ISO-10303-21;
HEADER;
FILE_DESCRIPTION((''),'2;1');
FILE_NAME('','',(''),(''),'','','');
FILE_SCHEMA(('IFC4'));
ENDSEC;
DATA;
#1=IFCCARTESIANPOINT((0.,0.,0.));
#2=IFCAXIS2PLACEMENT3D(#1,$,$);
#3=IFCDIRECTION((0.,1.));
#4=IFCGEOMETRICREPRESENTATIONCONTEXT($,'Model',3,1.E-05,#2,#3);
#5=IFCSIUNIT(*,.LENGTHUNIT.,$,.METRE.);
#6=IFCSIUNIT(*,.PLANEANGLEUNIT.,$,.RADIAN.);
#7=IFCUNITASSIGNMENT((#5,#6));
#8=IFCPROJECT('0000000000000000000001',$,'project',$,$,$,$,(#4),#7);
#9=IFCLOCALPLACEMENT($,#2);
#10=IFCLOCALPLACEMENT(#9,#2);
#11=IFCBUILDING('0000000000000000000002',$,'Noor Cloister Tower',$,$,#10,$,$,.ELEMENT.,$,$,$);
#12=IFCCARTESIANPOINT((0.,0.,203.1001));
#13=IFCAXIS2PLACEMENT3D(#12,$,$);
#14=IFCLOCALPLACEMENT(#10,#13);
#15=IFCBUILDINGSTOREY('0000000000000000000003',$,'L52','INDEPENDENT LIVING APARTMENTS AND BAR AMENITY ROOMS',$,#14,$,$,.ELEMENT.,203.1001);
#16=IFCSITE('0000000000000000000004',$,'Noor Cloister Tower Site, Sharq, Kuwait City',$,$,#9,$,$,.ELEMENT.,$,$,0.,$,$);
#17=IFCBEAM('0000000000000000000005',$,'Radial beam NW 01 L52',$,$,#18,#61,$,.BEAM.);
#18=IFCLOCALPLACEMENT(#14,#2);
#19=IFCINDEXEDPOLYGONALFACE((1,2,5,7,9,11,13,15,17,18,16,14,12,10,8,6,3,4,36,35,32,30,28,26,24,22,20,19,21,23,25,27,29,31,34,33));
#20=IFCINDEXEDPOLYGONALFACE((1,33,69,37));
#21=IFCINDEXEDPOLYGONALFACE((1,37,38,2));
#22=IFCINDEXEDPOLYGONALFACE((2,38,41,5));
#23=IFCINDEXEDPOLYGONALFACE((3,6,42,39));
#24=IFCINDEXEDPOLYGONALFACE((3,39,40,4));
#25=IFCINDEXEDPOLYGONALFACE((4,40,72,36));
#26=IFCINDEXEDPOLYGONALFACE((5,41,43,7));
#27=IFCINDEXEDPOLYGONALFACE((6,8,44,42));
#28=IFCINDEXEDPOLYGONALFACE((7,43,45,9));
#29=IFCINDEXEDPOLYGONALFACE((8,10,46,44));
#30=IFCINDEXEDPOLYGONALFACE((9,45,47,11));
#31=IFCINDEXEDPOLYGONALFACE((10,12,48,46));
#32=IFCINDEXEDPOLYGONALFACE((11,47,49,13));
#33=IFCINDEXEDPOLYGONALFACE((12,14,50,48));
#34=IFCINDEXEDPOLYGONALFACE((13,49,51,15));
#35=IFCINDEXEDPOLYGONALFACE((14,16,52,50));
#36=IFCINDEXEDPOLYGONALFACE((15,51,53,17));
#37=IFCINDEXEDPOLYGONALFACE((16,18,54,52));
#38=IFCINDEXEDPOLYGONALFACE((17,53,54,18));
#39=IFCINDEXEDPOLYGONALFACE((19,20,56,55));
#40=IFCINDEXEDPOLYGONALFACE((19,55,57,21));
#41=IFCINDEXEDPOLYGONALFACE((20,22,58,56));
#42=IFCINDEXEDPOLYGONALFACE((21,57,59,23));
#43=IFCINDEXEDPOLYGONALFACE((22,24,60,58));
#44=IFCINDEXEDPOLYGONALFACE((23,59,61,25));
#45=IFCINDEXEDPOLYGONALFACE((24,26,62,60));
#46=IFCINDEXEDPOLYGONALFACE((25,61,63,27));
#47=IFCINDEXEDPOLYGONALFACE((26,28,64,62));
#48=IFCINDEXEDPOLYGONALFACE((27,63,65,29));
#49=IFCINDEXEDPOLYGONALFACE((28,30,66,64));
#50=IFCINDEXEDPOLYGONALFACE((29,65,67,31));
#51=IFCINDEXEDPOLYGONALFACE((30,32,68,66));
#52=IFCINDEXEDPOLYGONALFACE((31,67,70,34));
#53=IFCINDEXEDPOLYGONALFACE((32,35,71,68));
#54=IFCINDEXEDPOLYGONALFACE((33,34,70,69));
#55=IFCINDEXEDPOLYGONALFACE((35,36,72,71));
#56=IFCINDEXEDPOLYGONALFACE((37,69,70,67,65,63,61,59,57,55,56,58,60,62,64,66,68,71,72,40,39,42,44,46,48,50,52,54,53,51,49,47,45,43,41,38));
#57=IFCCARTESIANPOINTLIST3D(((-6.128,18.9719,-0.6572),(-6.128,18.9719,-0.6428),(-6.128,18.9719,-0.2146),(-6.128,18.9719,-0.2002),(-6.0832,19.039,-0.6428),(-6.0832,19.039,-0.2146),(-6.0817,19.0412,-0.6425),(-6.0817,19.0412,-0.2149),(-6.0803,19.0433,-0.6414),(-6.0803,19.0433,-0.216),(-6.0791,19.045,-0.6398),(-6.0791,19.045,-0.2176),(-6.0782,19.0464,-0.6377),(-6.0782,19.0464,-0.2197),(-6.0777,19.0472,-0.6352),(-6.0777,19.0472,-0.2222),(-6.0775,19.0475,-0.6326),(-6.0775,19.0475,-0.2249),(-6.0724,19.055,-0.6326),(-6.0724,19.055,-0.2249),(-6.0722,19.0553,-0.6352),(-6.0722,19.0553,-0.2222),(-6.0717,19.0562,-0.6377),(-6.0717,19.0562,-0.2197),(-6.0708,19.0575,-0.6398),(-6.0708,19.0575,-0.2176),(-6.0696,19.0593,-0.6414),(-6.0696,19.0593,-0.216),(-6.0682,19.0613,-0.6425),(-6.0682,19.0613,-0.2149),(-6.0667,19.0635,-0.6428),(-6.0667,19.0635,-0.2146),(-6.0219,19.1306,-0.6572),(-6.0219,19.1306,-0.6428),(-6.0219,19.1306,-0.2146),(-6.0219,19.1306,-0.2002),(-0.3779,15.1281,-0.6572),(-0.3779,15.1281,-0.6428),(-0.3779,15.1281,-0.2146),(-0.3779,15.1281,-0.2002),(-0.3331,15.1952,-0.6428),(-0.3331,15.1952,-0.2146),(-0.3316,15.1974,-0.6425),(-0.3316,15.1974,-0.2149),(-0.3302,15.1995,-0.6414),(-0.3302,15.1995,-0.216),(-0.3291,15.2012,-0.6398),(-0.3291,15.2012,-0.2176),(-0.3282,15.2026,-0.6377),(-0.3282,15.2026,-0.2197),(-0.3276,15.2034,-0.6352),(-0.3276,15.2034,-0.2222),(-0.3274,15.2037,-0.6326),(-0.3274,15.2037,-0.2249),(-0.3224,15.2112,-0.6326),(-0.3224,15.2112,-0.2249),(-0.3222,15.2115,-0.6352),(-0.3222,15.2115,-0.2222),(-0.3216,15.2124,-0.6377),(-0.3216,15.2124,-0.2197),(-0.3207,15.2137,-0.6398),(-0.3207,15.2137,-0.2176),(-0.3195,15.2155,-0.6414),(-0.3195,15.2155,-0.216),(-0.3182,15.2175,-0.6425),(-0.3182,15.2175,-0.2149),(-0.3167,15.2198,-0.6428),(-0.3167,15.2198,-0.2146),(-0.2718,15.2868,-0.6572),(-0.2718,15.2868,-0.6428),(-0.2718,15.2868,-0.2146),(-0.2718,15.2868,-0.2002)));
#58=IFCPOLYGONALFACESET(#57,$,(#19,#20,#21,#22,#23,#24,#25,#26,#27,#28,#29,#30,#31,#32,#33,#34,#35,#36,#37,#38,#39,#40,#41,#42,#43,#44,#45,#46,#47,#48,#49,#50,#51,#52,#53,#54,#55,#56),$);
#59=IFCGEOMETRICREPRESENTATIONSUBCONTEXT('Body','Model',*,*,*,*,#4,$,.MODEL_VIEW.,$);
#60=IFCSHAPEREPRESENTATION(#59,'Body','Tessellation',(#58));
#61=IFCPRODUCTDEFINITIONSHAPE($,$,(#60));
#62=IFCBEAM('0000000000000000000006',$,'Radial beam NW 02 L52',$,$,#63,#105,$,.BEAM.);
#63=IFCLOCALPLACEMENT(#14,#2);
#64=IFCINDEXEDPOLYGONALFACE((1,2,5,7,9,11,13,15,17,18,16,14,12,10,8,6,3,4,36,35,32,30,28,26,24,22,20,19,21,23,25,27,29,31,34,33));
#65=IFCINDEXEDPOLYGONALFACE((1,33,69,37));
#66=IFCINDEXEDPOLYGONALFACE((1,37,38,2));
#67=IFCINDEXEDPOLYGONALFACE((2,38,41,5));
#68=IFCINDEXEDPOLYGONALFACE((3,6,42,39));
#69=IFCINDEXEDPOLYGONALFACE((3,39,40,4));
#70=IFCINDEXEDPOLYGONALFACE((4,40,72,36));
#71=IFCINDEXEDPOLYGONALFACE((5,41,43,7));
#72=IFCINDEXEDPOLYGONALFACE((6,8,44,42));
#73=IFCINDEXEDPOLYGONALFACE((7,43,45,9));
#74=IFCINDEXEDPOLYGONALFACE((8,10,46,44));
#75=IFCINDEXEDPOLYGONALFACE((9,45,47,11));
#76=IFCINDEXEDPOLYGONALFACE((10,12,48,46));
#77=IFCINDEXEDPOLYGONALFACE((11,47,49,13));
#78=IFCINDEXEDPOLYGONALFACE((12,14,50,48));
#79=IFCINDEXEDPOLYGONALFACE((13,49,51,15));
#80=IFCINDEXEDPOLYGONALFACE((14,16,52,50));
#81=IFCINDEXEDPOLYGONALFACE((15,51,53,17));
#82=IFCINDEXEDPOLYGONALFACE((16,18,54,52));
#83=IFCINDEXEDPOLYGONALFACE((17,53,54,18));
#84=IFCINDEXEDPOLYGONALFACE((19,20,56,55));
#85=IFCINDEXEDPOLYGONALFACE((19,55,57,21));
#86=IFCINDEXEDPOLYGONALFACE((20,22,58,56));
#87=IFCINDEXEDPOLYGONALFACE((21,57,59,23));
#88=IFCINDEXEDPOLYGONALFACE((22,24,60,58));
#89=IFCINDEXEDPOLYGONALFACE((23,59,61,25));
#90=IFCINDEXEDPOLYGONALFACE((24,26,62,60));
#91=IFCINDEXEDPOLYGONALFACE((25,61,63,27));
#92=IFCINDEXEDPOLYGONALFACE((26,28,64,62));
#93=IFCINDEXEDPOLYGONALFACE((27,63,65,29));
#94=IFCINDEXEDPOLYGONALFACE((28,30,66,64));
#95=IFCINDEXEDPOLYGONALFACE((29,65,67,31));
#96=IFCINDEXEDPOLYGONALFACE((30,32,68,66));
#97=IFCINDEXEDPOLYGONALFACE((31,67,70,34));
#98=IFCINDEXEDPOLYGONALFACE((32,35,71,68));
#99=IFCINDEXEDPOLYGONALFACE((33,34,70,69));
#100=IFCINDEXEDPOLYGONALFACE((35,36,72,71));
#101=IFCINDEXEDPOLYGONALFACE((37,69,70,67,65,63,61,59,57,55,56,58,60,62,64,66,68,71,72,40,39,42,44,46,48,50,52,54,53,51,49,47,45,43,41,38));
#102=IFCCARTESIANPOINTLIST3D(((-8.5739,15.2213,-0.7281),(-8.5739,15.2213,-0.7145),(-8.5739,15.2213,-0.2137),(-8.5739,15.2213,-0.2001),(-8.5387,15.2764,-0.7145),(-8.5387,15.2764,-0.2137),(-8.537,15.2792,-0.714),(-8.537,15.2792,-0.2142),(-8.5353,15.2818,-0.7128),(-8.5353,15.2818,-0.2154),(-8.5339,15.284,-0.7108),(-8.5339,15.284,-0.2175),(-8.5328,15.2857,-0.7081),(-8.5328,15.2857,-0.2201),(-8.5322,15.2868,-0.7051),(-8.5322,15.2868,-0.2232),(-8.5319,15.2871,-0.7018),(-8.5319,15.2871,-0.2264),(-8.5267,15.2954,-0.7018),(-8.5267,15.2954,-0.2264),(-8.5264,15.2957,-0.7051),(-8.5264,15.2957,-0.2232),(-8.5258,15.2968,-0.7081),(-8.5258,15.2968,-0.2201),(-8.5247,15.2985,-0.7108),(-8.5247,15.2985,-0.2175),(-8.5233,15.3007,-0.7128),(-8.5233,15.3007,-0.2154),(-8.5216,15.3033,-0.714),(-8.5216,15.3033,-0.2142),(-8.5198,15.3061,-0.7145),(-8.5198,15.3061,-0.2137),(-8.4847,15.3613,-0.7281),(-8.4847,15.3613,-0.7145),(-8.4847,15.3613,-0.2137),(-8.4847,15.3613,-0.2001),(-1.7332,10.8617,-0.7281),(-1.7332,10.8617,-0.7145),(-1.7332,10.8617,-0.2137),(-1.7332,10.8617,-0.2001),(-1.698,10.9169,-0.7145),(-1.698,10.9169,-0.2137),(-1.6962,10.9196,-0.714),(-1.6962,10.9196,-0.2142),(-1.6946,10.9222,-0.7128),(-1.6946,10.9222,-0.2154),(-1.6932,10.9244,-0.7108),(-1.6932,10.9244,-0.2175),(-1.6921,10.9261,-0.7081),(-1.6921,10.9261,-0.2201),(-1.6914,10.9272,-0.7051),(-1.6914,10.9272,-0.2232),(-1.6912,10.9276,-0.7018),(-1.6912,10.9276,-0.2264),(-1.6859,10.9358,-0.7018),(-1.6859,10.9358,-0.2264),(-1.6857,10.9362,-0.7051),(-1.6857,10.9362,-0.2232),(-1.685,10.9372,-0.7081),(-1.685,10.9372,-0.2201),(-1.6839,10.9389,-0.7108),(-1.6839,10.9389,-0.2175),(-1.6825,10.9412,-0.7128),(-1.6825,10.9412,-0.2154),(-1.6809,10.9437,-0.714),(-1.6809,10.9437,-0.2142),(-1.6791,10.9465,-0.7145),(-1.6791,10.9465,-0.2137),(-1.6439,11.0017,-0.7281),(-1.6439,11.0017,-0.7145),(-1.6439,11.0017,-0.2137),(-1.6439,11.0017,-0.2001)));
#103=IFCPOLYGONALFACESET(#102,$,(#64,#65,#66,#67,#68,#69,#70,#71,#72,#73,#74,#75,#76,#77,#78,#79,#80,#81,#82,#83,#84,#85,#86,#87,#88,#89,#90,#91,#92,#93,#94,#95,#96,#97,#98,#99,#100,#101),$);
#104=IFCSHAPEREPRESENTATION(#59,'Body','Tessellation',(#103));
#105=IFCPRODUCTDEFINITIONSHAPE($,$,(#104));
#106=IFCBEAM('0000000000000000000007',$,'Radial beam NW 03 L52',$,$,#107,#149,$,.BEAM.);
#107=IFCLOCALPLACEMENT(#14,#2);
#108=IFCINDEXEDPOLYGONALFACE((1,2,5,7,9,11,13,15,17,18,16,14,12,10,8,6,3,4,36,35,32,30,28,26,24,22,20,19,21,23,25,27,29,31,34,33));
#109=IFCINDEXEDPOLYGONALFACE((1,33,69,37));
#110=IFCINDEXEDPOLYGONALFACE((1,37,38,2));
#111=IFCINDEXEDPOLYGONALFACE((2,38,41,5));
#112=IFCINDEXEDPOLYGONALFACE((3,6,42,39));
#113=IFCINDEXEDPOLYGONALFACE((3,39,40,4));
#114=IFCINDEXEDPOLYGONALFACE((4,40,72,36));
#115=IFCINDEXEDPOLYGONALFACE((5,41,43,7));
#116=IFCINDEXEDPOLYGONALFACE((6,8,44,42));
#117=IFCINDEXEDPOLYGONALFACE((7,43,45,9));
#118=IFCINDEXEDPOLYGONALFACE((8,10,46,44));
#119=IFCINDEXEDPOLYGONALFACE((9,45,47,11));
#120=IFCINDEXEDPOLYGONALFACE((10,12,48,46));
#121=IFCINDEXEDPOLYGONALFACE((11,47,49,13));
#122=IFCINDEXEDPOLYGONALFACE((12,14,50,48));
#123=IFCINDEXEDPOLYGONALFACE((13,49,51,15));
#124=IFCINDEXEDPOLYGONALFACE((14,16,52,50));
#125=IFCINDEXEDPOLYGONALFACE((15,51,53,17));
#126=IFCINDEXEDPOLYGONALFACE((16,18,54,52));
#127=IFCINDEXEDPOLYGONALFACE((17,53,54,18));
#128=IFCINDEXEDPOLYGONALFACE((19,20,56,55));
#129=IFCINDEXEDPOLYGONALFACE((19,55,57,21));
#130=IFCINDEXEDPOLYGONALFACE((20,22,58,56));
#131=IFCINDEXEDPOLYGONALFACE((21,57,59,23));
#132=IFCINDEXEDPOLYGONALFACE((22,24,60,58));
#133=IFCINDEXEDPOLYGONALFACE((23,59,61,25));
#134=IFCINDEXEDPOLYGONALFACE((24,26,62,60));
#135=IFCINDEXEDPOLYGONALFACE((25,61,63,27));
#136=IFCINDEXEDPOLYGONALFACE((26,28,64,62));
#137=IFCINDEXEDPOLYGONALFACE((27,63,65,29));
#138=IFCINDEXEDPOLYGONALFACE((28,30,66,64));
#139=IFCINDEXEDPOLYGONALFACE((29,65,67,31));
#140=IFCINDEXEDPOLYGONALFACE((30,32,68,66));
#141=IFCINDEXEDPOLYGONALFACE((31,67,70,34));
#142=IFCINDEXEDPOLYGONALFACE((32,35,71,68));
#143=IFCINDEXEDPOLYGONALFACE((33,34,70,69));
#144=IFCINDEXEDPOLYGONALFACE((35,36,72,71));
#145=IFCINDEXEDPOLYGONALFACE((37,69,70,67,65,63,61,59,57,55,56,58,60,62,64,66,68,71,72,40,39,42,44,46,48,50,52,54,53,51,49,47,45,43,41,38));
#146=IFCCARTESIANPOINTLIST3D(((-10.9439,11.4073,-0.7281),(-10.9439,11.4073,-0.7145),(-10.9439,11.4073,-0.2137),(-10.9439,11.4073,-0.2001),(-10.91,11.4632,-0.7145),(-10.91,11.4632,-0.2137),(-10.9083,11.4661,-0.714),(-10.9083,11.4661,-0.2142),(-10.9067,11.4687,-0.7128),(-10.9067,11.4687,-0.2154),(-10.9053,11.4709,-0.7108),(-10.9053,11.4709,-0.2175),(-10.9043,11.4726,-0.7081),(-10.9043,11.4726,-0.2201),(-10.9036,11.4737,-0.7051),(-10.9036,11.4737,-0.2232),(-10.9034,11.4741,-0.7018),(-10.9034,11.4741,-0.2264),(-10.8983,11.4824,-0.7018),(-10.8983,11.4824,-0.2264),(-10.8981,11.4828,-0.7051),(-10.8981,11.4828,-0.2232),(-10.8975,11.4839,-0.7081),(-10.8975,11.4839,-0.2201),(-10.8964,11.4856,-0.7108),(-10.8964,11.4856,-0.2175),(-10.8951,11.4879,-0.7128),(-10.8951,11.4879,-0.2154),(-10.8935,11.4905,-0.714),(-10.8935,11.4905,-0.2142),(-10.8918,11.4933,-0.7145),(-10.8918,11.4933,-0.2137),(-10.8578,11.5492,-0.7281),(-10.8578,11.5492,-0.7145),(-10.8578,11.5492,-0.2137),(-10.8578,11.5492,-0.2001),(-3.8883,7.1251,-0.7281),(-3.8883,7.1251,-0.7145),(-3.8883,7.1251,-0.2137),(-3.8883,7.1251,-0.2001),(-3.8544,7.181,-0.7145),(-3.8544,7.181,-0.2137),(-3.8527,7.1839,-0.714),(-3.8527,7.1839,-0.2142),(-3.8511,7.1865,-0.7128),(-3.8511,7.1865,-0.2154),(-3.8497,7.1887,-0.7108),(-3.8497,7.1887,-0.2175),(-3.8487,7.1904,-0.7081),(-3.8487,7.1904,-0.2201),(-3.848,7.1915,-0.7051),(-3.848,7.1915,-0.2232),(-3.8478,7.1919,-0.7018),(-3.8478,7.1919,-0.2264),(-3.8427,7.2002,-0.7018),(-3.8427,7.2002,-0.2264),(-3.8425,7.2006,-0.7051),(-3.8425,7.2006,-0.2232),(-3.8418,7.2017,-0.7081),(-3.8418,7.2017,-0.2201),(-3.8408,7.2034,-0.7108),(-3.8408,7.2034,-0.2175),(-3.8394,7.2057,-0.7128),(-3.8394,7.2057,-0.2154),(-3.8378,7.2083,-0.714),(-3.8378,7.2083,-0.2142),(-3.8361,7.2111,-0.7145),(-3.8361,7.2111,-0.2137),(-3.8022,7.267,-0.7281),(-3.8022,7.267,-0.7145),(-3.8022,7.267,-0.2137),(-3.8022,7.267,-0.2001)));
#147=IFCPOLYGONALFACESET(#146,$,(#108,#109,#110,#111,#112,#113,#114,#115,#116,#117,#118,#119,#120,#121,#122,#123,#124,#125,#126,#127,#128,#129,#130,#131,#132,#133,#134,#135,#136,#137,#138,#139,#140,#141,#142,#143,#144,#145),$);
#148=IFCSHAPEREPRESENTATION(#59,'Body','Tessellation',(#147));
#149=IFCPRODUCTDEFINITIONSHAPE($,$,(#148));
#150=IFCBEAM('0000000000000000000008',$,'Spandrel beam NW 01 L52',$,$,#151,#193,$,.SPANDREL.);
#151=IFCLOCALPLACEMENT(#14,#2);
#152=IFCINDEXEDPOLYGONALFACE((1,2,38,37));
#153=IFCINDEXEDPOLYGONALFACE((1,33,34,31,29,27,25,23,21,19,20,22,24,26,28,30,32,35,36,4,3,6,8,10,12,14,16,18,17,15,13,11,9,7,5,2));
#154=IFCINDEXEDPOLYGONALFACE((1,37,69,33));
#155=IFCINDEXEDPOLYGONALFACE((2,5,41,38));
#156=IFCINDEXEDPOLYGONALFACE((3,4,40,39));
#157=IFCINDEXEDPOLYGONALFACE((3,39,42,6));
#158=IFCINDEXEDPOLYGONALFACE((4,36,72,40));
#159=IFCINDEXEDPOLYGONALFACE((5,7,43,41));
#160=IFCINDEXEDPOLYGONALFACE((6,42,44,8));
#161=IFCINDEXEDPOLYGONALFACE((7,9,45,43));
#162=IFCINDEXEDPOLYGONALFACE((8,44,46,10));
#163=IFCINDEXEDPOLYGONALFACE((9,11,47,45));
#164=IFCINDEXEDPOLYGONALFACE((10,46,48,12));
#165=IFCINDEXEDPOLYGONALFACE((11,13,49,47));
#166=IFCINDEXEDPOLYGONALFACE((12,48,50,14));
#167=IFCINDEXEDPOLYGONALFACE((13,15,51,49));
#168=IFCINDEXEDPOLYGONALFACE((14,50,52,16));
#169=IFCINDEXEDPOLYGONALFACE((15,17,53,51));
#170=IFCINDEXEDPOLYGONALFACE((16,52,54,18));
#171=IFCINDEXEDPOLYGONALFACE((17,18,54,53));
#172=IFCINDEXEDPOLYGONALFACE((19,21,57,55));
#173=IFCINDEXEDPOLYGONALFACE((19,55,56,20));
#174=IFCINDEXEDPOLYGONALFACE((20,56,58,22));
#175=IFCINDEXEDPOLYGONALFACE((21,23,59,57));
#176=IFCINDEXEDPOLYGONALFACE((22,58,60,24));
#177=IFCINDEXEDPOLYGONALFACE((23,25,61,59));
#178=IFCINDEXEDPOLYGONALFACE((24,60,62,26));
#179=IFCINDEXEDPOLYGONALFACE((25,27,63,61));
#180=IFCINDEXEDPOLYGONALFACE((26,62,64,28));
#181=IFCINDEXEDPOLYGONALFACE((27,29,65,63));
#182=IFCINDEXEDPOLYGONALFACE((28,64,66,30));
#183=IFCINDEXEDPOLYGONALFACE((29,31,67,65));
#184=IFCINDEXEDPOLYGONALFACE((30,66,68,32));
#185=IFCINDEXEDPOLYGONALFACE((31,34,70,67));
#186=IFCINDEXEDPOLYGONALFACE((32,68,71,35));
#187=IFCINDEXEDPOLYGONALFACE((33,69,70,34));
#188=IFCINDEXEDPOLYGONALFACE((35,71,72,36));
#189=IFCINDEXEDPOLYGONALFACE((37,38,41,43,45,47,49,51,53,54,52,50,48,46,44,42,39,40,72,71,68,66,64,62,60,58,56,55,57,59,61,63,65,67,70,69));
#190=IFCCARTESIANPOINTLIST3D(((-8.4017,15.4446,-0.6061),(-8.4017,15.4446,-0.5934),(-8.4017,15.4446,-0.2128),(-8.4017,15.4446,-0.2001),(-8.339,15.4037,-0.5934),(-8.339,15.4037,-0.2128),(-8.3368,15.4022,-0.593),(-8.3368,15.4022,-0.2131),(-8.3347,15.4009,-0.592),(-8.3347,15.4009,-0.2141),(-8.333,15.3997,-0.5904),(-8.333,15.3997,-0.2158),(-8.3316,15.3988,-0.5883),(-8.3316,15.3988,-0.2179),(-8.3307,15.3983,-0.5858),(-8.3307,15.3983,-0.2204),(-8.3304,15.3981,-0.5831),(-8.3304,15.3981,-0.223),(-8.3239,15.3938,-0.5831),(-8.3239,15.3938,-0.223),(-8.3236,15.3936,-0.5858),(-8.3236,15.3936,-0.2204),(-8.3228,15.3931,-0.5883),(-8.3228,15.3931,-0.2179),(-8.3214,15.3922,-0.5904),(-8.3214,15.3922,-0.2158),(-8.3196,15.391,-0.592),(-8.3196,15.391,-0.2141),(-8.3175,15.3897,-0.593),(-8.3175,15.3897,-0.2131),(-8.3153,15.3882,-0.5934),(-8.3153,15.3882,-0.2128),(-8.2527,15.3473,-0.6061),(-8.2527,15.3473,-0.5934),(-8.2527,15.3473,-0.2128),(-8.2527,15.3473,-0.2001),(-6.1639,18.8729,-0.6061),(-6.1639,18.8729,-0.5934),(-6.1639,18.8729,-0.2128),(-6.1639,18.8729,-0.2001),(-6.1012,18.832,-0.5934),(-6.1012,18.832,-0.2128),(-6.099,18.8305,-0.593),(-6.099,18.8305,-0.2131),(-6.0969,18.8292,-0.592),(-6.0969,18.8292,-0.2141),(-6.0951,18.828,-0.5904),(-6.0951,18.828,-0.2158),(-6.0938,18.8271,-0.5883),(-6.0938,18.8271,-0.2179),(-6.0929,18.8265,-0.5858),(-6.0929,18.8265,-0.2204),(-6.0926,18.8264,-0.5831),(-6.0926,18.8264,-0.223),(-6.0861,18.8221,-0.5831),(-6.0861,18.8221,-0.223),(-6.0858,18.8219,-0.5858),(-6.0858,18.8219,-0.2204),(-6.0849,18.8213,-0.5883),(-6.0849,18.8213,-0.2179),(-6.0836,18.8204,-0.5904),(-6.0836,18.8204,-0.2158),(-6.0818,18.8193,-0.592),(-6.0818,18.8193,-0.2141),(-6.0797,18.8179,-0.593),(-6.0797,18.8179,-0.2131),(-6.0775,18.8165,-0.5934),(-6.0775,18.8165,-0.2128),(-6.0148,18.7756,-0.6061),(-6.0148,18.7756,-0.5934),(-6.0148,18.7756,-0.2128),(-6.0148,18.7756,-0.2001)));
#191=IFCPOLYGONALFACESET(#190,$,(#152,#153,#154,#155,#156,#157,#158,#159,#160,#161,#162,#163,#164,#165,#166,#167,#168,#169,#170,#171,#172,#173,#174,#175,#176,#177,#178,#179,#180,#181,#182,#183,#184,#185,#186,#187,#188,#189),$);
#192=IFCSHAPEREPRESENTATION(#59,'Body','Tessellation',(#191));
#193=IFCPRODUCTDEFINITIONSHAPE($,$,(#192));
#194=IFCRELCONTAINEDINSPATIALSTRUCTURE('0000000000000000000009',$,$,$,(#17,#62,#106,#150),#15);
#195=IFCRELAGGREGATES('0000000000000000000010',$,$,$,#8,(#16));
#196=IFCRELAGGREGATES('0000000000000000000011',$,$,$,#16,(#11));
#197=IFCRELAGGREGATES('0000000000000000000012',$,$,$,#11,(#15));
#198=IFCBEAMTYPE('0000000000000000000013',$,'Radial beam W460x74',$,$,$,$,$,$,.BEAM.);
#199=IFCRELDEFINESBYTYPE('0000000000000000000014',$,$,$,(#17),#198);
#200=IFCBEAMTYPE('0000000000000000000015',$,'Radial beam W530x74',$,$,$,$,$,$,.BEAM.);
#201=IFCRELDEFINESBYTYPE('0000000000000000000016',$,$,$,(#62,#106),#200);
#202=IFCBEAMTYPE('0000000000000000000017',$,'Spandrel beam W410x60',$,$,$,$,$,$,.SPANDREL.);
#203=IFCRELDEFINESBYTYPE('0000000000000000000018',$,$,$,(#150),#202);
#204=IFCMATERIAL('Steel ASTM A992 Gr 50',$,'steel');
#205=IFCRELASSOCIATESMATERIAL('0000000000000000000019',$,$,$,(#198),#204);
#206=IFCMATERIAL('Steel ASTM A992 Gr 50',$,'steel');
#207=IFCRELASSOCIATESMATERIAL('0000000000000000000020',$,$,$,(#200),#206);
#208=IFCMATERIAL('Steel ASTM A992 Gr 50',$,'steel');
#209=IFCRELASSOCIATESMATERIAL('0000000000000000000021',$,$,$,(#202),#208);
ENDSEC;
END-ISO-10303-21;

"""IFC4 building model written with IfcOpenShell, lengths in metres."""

from ifc_helpers import new_model, si_unit, direction, frame, origin, origin_2d, place, context, subcontext, project, spatial, i_section, extrude, material, material_profile, profile_set, type_object, element, save


model = new_model("IFC4")

# Units and contexts
model_context = context("Model", 3, precision=1e-05, world=origin(), true_north=direction((0.0, 1.0)))
body_context = subcontext(model_context, "Body", "Model", "MODEL_VIEW")
ifc_project = project(units=[si_unit("LENGTHUNIT", "METRE"), si_unit("PLANEANGLEUNIT", "RADIAN")], contexts=[model_context])

# Site, building, storey
site_placement = place(None, origin())
site = spatial("IfcSite", under=ifc_project, at=site_placement, Name="Noor Cloister Tower Site, Sharq, Kuwait City", CompositionType="ELEMENT", RefElevation=0.0)
building_placement = place(site_placement, origin())
building = spatial("IfcBuilding", under=site, at=building_placement, Name="Noor Cloister Tower", CompositionType="ELEMENT")
storey_placement = place(building_placement, frame((0.0, 0.0, 203.1001)))
storey = spatial("IfcBuildingStorey", under=building, at=storey_placement, Name="L52", Description="INDEPENDENT LIVING APARTMENTS AND BAR AMENITY ROOMS", CompositionType="ELEMENT", Elevation=203.1001)

# Beams
ifc_material_1 = material(Name="Steel ASTM A992 Gr 50", Category="steel")
ifc_material_profile_1 = material_profile(ifc_material_1, i_section(OverallWidth=0.1909, OverallDepth=0.457, WebThickness=0.009, FlangeThickness=0.0144, FilletRadius=0.0103, at=origin_2d()), Name="W460x74")
ifc_profile_set_1 = profile_set([ifc_material_profile_1], Name="Steel ASTM A992 Gr 50")
beam_type_1 = type_object("IfcBeamType", Name="Radial beam W460x74", PredefinedType="BEAM", material=ifc_profile_set_1)
beam_1_placement = place(storey_placement, frame((-6.075, 19.0513, -0.4287), z_axis=(0.831355, -0.555742, 0.0), x_axis=(0.555742, 0.831355, 0.0)))
element("IfcBeam", 1, at=beam_1_placement, inside=storey, type_object=beam_type_1, Name="Radial beam NW 01 L52", PredefinedType="BEAM", context=body_context, shape_type="SweptSolid", body=[
    extrude(i_section(OverallWidth=0.1909, OverallDepth=0.457, WebThickness=0.009, FlangeThickness=0.0144, FilletRadius=0.0103, at=origin_2d()), origin(), (0.0, 0.0, 1.0), 6.9165),
])
ifc_material_2 = material(Name="Steel ASTM A992 Gr 50", Category="steel")
ifc_material_profile_2 = material_profile(ifc_material_2, i_section(OverallWidth=0.166, OverallDepth=0.5281, WebThickness=0.0098, FlangeThickness=0.0137, FilletRadius=0.0127, at=origin_2d()), Name="W530x74")
ifc_profile_set_2 = profile_set([ifc_material_profile_2], Name="Steel ASTM A992 Gr 50")
beam_type_2 = type_object("IfcBeamType", Name="Radial beam W530x74", PredefinedType="BEAM", material=ifc_profile_set_2)
beam_2_placement = place(storey_placement, frame((-8.5293, 15.2913, -0.4641), z_axis=(0.843306, -0.537434, 0.0), x_axis=(0.537434, 0.843306, 0.0)))
element("IfcBeam", 2, at=beam_2_placement, inside=storey, type_object=beam_type_2, Name="Radial beam NW 02 L52", PredefinedType="BEAM", context=body_context, shape_type="SweptSolid", body=[
    extrude(i_section(OverallWidth=0.166, OverallDepth=0.5281, WebThickness=0.0098, FlangeThickness=0.0137, FilletRadius=0.0127, at=origin_2d()), origin(), (0.0, 0.0, 1.0), 8.1118),
])
beam_3_placement = place(storey_placement, frame((-10.9009, 11.4783, -0.4641), z_axis=(0.854872, -0.518839, 0.0), x_axis=(0.518839, 0.854872, 0.0)))
element("IfcBeam", 3, at=beam_3_placement, inside=storey, type_object=beam_type_2, Name="Radial beam NW 03 L52", PredefinedType="BEAM", context=body_context, shape_type="SweptSolid", body=[
    extrude(i_section(OverallWidth=0.166, OverallDepth=0.5281, WebThickness=0.0098, FlangeThickness=0.0137, FilletRadius=0.0127, at=origin_2d()), origin(), (0.0, 0.0, 1.0), 8.2534),
])
ifc_material_3 = material(Name="Steel ASTM A992 Gr 50", Category="steel")
ifc_material_profile_3 = material_profile(ifc_material_3, i_section(OverallWidth=0.178, OverallDepth=0.406, WebThickness=0.0078, FlangeThickness=0.0127, FilletRadius=0.0103, at=origin_2d()), Name="W410x60")
ifc_profile_set_3 = profile_set([ifc_material_profile_3], Name="Steel ASTM A992 Gr 50")
beam_type_3 = type_object("IfcBeamType", Name="Spandrel beam W410x60", PredefinedType="SPANDREL", material=ifc_profile_set_3)
beam_4_placement = place(storey_placement, frame((-6.0894, 18.8242, -0.4031), z_axis=(-0.54661, -0.837387, 0.0), x_axis=(0.837387, -0.54661, 0.0)))
element("IfcBeam", 4, at=beam_4_placement, inside=storey, type_object=beam_type_3, Name="Spandrel beam NW 01 L52", PredefinedType="SPANDREL", context=body_context, shape_type="SweptSolid", body=[
    extrude(i_section(OverallWidth=0.178, OverallDepth=0.406, WebThickness=0.0078, FlangeThickness=0.0127, FilletRadius=0.0103, at=origin_2d()), origin(), (0.0, 0.0, 1.0), 4.094),
])

save(model, "model.ifc")
